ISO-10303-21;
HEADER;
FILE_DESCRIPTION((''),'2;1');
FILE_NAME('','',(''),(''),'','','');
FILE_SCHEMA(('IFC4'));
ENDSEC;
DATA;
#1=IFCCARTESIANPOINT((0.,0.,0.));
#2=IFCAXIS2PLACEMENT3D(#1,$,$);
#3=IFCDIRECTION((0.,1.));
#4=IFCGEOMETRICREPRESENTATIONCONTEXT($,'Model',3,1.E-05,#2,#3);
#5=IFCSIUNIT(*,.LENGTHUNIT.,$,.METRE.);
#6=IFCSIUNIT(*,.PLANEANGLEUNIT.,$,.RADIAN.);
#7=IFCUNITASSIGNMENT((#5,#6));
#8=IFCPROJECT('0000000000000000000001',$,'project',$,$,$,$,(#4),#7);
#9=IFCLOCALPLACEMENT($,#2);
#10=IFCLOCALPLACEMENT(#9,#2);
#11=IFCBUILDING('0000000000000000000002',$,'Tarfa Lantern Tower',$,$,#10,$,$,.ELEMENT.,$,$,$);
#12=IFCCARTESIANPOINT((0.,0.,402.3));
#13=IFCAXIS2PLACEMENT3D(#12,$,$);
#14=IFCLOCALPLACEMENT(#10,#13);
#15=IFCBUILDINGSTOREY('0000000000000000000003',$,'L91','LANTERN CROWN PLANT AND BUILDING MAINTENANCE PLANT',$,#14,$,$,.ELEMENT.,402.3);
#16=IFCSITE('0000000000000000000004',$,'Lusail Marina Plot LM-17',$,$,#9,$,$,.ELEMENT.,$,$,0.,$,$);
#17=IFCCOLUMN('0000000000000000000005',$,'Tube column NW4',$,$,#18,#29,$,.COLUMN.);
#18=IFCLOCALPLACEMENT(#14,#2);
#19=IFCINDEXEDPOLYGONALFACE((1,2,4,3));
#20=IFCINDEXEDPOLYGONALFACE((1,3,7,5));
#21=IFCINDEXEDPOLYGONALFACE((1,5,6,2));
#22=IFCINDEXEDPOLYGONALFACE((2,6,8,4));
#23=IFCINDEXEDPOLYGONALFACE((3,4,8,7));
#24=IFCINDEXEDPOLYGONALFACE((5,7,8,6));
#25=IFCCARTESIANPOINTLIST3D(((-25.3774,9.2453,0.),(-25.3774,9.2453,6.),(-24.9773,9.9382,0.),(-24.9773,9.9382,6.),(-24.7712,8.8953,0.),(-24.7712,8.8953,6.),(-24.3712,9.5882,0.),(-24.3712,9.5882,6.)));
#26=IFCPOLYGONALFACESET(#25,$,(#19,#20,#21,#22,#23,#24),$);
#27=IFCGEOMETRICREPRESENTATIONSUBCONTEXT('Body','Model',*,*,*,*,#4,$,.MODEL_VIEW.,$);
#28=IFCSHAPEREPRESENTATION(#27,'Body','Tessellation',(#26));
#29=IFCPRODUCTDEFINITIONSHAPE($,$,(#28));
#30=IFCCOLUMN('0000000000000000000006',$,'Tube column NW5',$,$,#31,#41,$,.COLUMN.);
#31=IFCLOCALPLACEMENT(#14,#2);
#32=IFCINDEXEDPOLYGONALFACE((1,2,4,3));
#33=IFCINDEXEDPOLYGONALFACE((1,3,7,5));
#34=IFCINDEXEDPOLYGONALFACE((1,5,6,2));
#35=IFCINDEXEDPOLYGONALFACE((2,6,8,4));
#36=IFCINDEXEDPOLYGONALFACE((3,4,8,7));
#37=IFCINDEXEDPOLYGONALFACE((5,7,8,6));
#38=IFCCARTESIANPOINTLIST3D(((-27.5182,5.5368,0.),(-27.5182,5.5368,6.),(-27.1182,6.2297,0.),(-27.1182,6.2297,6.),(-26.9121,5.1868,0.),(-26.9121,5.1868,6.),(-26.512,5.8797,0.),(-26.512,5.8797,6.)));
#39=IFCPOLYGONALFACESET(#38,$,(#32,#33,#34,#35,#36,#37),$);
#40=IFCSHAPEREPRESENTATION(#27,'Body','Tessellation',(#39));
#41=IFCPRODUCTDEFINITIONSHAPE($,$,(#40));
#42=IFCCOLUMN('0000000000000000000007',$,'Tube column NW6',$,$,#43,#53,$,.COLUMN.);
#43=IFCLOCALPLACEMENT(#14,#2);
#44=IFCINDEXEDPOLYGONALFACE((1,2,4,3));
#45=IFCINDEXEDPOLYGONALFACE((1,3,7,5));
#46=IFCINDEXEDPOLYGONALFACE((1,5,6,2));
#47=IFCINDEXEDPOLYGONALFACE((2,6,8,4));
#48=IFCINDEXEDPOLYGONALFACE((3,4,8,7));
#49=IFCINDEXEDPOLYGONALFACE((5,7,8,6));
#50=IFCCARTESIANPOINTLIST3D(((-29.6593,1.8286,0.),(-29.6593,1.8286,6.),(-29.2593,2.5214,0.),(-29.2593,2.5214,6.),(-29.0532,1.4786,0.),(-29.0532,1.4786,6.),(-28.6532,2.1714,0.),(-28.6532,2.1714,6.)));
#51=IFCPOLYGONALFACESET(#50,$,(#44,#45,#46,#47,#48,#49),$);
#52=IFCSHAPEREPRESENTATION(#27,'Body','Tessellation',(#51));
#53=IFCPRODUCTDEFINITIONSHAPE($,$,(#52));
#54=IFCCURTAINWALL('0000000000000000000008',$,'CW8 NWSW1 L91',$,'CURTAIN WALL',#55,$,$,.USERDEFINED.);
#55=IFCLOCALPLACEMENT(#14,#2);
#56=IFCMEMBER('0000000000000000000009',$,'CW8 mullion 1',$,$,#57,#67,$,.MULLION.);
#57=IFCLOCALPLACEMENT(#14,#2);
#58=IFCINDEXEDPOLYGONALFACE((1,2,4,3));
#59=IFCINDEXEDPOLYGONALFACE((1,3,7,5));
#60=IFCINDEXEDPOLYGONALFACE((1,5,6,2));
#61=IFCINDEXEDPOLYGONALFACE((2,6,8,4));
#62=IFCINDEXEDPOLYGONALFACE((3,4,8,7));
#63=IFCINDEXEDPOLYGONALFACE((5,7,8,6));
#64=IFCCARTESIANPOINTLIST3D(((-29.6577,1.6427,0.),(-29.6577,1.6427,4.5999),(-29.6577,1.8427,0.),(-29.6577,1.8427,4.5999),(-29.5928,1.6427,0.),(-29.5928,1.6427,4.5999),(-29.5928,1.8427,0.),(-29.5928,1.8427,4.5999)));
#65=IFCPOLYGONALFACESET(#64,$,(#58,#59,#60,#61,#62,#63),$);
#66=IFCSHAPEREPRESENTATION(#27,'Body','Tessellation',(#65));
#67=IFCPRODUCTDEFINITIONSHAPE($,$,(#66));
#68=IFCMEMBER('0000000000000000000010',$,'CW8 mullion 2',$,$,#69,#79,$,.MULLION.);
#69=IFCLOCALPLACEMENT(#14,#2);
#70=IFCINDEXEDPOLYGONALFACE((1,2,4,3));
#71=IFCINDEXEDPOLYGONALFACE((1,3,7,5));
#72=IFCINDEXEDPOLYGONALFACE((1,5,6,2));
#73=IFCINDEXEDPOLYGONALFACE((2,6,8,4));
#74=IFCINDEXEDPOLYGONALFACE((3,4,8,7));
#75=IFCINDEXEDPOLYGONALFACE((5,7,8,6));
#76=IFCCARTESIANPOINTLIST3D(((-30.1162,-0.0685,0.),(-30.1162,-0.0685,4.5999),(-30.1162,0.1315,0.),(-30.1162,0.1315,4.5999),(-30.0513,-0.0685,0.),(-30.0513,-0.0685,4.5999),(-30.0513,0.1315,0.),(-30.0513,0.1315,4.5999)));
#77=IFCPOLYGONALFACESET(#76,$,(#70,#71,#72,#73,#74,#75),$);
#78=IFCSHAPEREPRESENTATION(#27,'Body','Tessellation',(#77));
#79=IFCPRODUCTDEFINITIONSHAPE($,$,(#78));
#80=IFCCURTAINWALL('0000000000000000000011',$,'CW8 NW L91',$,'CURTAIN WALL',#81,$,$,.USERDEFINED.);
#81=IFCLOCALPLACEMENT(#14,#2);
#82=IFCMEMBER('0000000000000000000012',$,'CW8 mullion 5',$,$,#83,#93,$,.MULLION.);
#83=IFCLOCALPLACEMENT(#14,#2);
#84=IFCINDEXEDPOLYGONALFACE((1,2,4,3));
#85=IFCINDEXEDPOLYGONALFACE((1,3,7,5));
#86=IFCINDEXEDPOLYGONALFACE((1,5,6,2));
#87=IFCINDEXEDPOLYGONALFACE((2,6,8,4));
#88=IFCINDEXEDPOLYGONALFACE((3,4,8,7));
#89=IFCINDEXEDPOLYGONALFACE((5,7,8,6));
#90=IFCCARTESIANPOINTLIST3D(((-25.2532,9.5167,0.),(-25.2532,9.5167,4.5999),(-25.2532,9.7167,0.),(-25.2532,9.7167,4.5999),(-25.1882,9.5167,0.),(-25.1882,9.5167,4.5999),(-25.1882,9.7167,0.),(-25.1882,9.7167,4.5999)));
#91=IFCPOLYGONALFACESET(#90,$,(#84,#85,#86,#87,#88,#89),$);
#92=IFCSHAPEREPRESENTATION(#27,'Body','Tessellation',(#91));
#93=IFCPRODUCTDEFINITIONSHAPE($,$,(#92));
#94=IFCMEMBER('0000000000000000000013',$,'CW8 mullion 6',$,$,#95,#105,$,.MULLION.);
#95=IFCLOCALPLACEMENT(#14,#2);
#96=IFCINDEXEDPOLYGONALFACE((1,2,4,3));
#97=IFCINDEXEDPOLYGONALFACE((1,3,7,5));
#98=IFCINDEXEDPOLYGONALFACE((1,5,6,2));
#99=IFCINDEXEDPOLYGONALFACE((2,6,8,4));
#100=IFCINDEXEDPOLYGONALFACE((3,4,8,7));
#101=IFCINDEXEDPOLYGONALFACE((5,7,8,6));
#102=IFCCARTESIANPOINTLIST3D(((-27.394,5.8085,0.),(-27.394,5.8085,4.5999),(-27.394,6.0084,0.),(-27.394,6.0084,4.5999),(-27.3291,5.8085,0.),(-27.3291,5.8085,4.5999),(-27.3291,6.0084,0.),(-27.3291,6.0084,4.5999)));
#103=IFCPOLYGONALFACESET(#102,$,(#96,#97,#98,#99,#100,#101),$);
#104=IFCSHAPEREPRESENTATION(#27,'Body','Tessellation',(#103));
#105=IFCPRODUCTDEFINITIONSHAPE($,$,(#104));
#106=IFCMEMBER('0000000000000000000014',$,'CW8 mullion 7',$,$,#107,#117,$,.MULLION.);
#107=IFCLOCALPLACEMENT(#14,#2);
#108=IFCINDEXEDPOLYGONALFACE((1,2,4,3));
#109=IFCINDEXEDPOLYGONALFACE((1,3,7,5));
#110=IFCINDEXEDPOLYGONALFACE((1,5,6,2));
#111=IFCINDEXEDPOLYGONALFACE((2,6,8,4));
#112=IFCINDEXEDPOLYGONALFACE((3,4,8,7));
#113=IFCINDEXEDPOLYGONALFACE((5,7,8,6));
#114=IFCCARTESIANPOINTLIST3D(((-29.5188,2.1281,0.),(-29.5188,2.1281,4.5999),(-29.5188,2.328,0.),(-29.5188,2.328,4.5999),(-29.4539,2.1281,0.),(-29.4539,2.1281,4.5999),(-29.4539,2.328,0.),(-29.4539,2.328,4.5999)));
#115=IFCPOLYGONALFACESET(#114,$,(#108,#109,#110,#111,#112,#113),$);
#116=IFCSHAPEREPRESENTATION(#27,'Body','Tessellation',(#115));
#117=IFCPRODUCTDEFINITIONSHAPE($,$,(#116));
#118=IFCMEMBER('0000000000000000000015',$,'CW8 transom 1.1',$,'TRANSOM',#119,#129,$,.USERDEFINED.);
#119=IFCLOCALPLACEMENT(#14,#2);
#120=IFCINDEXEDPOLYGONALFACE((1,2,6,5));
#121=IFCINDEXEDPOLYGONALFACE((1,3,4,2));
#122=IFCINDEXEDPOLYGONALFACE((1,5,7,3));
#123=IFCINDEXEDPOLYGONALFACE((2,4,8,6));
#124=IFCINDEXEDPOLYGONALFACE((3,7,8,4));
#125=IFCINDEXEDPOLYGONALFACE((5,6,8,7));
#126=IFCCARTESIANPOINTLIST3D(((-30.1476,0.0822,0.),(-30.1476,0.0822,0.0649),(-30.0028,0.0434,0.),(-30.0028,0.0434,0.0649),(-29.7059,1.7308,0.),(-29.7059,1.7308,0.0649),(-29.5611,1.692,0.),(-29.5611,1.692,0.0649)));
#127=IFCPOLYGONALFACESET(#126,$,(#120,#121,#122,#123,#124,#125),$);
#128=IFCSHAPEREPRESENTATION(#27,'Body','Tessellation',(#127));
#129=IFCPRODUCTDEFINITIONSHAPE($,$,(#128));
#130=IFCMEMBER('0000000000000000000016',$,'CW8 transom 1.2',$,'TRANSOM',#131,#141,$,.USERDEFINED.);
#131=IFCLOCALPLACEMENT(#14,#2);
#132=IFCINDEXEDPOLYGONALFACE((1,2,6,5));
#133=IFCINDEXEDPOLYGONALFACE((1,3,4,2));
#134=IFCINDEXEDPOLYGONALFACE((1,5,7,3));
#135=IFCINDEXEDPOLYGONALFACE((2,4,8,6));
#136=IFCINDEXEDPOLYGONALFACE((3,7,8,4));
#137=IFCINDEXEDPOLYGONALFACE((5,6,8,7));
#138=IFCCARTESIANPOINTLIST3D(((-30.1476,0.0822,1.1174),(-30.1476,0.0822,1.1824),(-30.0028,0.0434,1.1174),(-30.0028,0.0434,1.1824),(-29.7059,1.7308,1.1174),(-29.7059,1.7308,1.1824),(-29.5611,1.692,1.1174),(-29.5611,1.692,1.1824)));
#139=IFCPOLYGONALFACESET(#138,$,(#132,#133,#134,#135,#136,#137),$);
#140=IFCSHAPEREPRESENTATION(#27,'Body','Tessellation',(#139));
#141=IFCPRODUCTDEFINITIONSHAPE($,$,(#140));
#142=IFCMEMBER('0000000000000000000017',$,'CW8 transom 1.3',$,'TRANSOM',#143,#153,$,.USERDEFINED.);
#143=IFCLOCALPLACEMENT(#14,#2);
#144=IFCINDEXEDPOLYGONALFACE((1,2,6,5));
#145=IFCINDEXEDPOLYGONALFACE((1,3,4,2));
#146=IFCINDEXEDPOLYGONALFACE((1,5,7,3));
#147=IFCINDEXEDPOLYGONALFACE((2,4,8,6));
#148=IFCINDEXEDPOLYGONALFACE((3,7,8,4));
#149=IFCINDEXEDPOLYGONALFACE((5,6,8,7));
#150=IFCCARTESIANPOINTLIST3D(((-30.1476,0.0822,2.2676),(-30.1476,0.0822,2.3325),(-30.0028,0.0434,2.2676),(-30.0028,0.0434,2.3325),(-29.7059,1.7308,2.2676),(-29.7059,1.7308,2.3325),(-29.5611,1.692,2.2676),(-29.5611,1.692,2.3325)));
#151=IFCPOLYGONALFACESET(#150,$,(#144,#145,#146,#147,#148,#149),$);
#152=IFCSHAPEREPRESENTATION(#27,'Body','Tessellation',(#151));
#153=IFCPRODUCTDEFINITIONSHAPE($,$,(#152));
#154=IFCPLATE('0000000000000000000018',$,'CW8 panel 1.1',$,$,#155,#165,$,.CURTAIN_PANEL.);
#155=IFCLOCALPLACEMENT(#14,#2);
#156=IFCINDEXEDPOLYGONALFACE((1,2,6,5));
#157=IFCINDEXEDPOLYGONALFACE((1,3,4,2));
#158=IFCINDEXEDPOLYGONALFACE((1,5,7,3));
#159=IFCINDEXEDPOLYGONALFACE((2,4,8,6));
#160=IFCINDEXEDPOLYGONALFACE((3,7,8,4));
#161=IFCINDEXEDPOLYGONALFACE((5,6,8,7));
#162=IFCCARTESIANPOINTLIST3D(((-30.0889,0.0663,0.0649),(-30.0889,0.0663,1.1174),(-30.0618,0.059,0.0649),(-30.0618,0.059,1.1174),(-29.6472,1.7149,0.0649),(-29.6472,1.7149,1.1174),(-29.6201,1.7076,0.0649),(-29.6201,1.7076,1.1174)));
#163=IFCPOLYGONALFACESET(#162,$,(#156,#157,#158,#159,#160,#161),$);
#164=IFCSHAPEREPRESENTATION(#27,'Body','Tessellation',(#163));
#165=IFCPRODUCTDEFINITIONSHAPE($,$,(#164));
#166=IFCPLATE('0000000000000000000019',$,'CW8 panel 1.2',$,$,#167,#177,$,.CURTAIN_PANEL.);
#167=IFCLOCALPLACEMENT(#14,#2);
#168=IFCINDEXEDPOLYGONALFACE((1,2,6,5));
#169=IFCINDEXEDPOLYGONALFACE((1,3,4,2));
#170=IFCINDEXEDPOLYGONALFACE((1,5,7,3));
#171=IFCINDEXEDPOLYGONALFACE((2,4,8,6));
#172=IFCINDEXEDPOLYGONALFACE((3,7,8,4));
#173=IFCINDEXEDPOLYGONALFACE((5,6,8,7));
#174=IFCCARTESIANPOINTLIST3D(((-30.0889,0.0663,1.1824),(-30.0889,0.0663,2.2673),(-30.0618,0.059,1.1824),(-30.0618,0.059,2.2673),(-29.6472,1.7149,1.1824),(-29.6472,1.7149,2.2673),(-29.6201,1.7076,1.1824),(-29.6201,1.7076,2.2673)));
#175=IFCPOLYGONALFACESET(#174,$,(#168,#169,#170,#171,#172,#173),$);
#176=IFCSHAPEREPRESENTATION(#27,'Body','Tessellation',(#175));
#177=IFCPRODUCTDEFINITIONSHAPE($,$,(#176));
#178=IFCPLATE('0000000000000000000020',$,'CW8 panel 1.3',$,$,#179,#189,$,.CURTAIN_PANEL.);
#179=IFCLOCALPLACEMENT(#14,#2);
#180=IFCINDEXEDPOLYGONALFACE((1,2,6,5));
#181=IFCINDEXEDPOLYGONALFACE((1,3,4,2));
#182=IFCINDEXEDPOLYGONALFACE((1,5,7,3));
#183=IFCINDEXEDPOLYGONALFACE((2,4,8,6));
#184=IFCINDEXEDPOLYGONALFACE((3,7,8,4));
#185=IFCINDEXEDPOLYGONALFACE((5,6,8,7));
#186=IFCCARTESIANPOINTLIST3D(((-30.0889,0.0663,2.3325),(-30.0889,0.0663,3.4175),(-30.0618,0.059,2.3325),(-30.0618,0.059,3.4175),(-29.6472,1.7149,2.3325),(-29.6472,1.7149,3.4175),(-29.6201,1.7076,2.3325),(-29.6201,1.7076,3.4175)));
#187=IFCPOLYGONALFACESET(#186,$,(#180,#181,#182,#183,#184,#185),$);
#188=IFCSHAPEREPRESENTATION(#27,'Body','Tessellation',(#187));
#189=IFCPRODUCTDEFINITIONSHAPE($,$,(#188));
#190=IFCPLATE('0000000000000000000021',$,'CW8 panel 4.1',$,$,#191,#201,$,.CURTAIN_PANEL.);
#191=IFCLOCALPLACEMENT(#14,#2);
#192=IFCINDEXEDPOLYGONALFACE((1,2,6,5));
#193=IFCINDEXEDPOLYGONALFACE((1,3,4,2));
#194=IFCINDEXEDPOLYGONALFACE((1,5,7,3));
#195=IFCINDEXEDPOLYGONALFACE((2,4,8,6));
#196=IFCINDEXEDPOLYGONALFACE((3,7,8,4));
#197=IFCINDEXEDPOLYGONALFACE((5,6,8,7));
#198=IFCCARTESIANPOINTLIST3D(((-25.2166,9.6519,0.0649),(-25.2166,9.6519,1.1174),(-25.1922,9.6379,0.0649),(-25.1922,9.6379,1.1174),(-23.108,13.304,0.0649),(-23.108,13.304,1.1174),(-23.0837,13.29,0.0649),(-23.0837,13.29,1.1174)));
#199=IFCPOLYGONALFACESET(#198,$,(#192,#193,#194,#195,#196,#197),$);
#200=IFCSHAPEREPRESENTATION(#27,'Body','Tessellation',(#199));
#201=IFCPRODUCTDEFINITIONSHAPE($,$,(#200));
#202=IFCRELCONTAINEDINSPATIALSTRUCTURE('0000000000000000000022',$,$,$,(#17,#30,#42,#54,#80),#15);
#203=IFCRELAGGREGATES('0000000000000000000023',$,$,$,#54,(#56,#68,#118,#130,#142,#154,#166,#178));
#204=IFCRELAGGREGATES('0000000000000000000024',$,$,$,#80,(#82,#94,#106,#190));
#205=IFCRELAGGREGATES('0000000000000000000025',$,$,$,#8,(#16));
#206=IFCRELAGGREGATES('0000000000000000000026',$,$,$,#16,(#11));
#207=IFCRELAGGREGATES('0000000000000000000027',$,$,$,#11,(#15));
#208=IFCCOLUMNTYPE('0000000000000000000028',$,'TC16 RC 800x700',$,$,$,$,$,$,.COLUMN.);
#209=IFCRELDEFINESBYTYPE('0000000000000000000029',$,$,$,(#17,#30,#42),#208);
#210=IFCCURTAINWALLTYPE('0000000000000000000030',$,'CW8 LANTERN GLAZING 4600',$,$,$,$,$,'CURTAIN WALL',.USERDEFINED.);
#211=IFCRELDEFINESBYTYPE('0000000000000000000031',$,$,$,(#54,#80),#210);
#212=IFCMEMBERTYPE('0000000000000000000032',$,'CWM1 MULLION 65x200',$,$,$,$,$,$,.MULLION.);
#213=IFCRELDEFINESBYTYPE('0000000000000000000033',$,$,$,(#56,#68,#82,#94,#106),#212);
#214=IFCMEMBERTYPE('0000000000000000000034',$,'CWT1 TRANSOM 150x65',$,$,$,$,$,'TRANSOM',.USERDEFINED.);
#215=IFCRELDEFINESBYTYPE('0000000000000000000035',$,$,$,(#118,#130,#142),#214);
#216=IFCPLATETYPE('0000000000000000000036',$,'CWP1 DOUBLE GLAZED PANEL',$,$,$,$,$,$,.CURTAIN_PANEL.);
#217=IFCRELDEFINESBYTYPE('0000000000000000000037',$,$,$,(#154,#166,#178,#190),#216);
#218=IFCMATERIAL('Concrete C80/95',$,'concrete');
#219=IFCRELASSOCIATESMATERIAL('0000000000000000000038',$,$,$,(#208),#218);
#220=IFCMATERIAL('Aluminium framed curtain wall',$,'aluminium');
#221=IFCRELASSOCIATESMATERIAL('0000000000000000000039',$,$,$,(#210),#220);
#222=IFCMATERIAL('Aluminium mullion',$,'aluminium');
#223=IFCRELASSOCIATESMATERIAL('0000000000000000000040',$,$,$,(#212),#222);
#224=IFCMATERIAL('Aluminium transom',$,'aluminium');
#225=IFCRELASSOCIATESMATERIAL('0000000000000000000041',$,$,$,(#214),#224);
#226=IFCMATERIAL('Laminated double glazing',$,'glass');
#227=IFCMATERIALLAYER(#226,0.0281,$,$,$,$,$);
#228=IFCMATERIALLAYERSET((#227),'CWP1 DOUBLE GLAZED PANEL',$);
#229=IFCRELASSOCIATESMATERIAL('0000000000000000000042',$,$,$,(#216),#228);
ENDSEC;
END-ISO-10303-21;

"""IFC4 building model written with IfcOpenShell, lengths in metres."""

from ifc_helpers import new_model, si_unit, direction, frame, origin, origin_2d, place, context, subcontext, project, spatial, rectangle, extrude, material, layer, layer_set, material_profile, profile_set, type_object, element, aggregate, save


model = new_model("IFC4")

# Units and contexts
model_context = context("Model", 3, precision=1e-05, world=origin(), true_north=direction((0.0, 1.0)))
body_context = subcontext(model_context, "Body", "Model", "MODEL_VIEW")
ifc_project = project(units=[si_unit("LENGTHUNIT", "METRE"), si_unit("PLANEANGLEUNIT", "RADIAN")], contexts=[model_context])

# Site, building, storey
site_placement = place(None, origin())
site = spatial("IfcSite", under=ifc_project, at=site_placement, Name="Lusail Marina Plot LM-17", CompositionType="ELEMENT", RefElevation=0.0)
building_placement = place(site_placement, origin())
building = spatial("IfcBuilding", under=site, at=building_placement, Name="Tarfa Lantern Tower", CompositionType="ELEMENT")
storey_placement = place(building_placement, frame((0.0, 0.0, 402.3)))
storey = spatial("IfcBuildingStorey", under=building, at=storey_placement, Name="L91", Description="LANTERN CROWN PLANT AND BUILDING MAINTENANCE PLANT", CompositionType="ELEMENT", Elevation=402.3)

# Columns
ifc_material_1 = material(Name="Concrete C80/95", Category="concrete")
ifc_material_profile_1 = material_profile(ifc_material_1, rectangle(XDim=0.8, YDim=0.7, at=origin_2d()), Name="RC 800x700")
ifc_profile_set_1 = profile_set([ifc_material_profile_1], Name="Concrete C80/95")
column_type = type_object("IfcColumnType", Name="TC16 RC 800x700", PredefinedType="COLUMN", material=ifc_profile_set_1)
for number, where, z_axis, x_axis, name in (
    (1, (-24.8743, 9.4167, 0.0), (0.0, 0.0, 1.0), (-0.5, -0.866025, 0.0), "Tube column NW4"),
    (2, (-27.0151, 5.7083, 0.0), (0.0, 0.0, 1.0), (-0.5, -0.866025, 0.0), "Tube column NW5"),
    (3, (-29.1562, 2.0, 0.0), (0.0, 0.0, 1.0), (-0.5, -0.866025, 0.0), "Tube column NW6"),
):
    element("IfcColumn", number, at=place(storey_placement, frame(where, z_axis=z_axis, x_axis=x_axis)), inside=storey, type_object=column_type, Name=name, PredefinedType="COLUMN", context=body_context, shape_type="SweptSolid", body=[
        extrude(rectangle(XDim=0.8, YDim=0.7, at=origin_2d()), origin(), (0.0, 0.0, 1.0), 6.0),
    ])

# Curtain walls, members
ifc_material_2 = material(Name="Aluminium framed curtain wall", Category="aluminium")
curtain_wall_type = type_object("IfcCurtainWallType", Name="CW8 LANTERN GLAZING 4600", ElementType="CURTAIN WALL", PredefinedType="USERDEFINED", material=ifc_material_2)
curtain_wall_1_placement = place(storey_placement, origin())
curtain_wall_1 = element("IfcCurtainWall", 4, at=curtain_wall_1_placement, inside=storey, type_object=curtain_wall_type, Name="CW8 NWSW1 L91", ObjectType="CURTAIN WALL", PredefinedType="USERDEFINED")
ifc_material_3 = material(Name="Aluminium mullion", Category="aluminium")
ifc_material_profile_2 = material_profile(ifc_material_3, rectangle(XDim=0.0649, YDim=0.2, at=origin_2d()), Name="AL MULLION 65x200")
ifc_profile_set_2 = profile_set([ifc_material_profile_2], Name="Aluminium mullion")
member_type_1 = type_object("IfcMemberType", Name="CWM1 MULLION 65x200", PredefinedType="MULLION", material=ifc_profile_set_2)
member_1_placement = place(storey_placement, frame((-29.6252, 1.7427, 0.0), z_axis=(0.0, 0.0, 1.0), x_axis=(1.0, 0.0, 0.0)))
member_1 = element("IfcMember", 5, at=member_1_placement, type_object=member_type_1, Name="CW8 mullion 1", PredefinedType="MULLION", context=body_context, shape_type="SweptSolid", body=[
    extrude(rectangle(XDim=0.0649, YDim=0.2, at=origin_2d()), origin(), (0.0, 0.0, 1.0), 4.5999),
])
member_2_placement = place(storey_placement, frame((-30.0837, 0.0315, 0.0), z_axis=(0.0, 0.0, 1.0), x_axis=(1.0, 0.0, 0.0)))
member_2 = element("IfcMember", 6, at=member_2_placement, type_object=member_type_1, Name="CW8 mullion 2", PredefinedType="MULLION", context=body_context, shape_type="SweptSolid", body=[
    extrude(rectangle(XDim=0.0649, YDim=0.2, at=origin_2d()), origin(), (0.0, 0.0, 1.0), 4.5999),
])
curtain_wall_2_placement = place(storey_placement, origin())
curtain_wall_2 = element("IfcCurtainWall", 7, at=curtain_wall_2_placement, inside=storey, type_object=curtain_wall_type, Name="CW8 NW L91", ObjectType="CURTAIN WALL", PredefinedType="USERDEFINED")
member_3_placement = place(storey_placement, frame((-25.2207, 9.6167, 0.0), z_axis=(0.0, 0.0, 1.0), x_axis=(1.0, 0.0, 0.0)))
member_3 = element("IfcMember", 8, at=member_3_placement, type_object=member_type_1, Name="CW8 mullion 5", PredefinedType="MULLION", context=body_context, shape_type="SweptSolid", body=[
    extrude(rectangle(XDim=0.0649, YDim=0.2, at=origin_2d()), origin(), (0.0, 0.0, 1.0), 4.5999),
])
member_4_placement = place(storey_placement, frame((-27.3616, 5.9084, 0.0), z_axis=(0.0, 0.0, 1.0), x_axis=(1.0, 0.0, 0.0)))
member_4 = element("IfcMember", 9, at=member_4_placement, type_object=member_type_1, Name="CW8 mullion 6", PredefinedType="MULLION", context=body_context, shape_type="SweptSolid", body=[
    extrude(rectangle(XDim=0.0649, YDim=0.2, at=origin_2d()), origin(), (0.0, 0.0, 1.0), 4.5999),
])
member_5_placement = place(storey_placement, frame((-29.4863, 2.228, 0.0), z_axis=(0.0, 0.0, 1.0), x_axis=(1.0, 0.0, 0.0)))
member_5 = element("IfcMember", 10, at=member_5_placement, type_object=member_type_1, Name="CW8 mullion 7", PredefinedType="MULLION", context=body_context, shape_type="SweptSolid", body=[
    extrude(rectangle(XDim=0.0649, YDim=0.2, at=origin_2d()), origin(), (0.0, 0.0, 1.0), 4.5999),
])

# Members
ifc_material_4 = material(Name="Aluminium transom", Category="aluminium")
ifc_material_profile_3 = material_profile(ifc_material_4, rectangle(XDim=0.1499, YDim=0.0649, at=origin_2d()), Name="AL TRANSOM 150x65")
ifc_profile_set_3 = profile_set([ifc_material_profile_3], Name="Aluminium transom")
member_type_2 = type_object("IfcMemberType", Name="CWT1 TRANSOM 150x65", ElementType="TRANSOM", PredefinedType="USERDEFINED", material=ifc_profile_set_3)
member_6_placement = place(storey_placement, frame((-29.6335, 1.7114, 0.0325), z_axis=(-0.258758, -0.965942, 0.0), x_axis=(0.965942, -0.258758, 0.0)))
member_6 = element("IfcMember", 11, at=member_6_placement, type_object=member_type_2, Name="CW8 transom 1.1", ObjectType="TRANSOM", PredefinedType="USERDEFINED", context=body_context, shape_type="SweptSolid", body=[
    extrude(rectangle(XDim=0.1499, YDim=0.0649, at=origin_2d()), origin(), (0.0, 0.0, 1.0), 1.7068),
])
member_7_placement = place(storey_placement, frame((-29.6335, 1.7114, 1.1499), z_axis=(-0.258758, -0.965942, 0.0), x_axis=(0.965942, -0.258758, 0.0)))
member_7 = element("IfcMember", 12, at=member_7_placement, type_object=member_type_2, Name="CW8 transom 1.2", ObjectType="TRANSOM", PredefinedType="USERDEFINED", context=body_context, shape_type="SweptSolid", body=[
    extrude(rectangle(XDim=0.1499, YDim=0.0649, at=origin_2d()), origin(), (0.0, 0.0, 1.0), 1.7068),
])
member_8_placement = place(storey_placement, frame((-29.6335, 1.7114, 2.3), z_axis=(-0.258758, -0.965942, 0.0), x_axis=(0.965942, -0.258758, 0.0)))
member_8 = element("IfcMember", 13, at=member_8_placement, type_object=member_type_2, Name="CW8 transom 1.3", ObjectType="TRANSOM", PredefinedType="USERDEFINED", context=body_context, shape_type="SweptSolid", body=[
    extrude(rectangle(XDim=0.1499, YDim=0.0649, at=origin_2d()), origin(), (0.0, 0.0, 1.0), 1.7068),
])

# Plates
ifc_material_5 = material(Name="Laminated double glazing", Category="glass")
ifc_layer = layer(ifc_material_5, 0.0281)
ifc_layer_set = layer_set([ifc_layer], Name="CWP1 DOUBLE GLAZED PANEL")
plate_type = type_object("IfcPlateType", Name="CWP1 DOUBLE GLAZED PANEL", PredefinedType="CURTAIN_PANEL", material=ifc_layer_set)
plate_1_placement = place(storey_placement, frame((-29.8545, 0.887, 0.0649), z_axis=(0.0, 0.0, 1.0), x_axis=(-0.258819, -0.965926, 0.0)))
plate_1 = element("IfcPlate", 14, at=plate_1_placement, type_object=plate_type, Name="CW8 panel 1.1", PredefinedType="CURTAIN_PANEL", context=body_context, shape_type="SweptSolid", body=[
    extrude(rectangle(XDim=1.7068, YDim=0.0281, at=origin_2d()), origin(), (0.0, 0.0, 1.0), 1.0525),
])
plate_2_placement = place(storey_placement, frame((-29.8545, 0.887, 1.1824), z_axis=(0.0, 0.0, 1.0), x_axis=(-0.258819, -0.965926, 0.0)))
plate_2 = element("IfcPlate", 15, at=plate_2_placement, type_object=plate_type, Name="CW8 panel 1.2", PredefinedType="CURTAIN_PANEL", context=body_context, shape_type="SweptSolid", body=[
    extrude(rectangle(XDim=1.7068, YDim=0.0281, at=origin_2d()), origin(), (0.0, 0.0, 1.0), 1.085),
])
plate_3_placement = place(storey_placement, frame((-29.8545, 0.887, 2.3325), z_axis=(0.0, 0.0, 1.0), x_axis=(-0.258819, -0.965926, 0.0)))
plate_3 = element("IfcPlate", 16, at=plate_3_placement, type_object=plate_type, Name="CW8 panel 1.3", PredefinedType="CURTAIN_PANEL", context=body_context, shape_type="SweptSolid", body=[
    extrude(rectangle(XDim=1.7068, YDim=0.0281, at=origin_2d()), origin(), (0.0, 0.0, 1.0), 1.085),
])
aggregate(curtain_wall_1, [member_1, member_2, member_6, member_7, member_8, plate_1, plate_2, plate_3])
plate_4_placement = place(storey_placement, frame((-24.1501, 11.4709, 0.0649), z_axis=(0.0, 0.0, 1.0), x_axis=(-0.5, -0.866025, 0.0)))
plate_4 = element("IfcPlate", 17, at=plate_4_placement, type_object=plate_type, Name="CW8 panel 4.1", PredefinedType="CURTAIN_PANEL", context=body_context, shape_type="SweptSolid", body=[
    extrude(rectangle(XDim=4.217, YDim=0.0281, at=origin_2d()), origin(), (0.0, 0.0, 1.0), 1.0525),
])
aggregate(curtain_wall_2, [member_3, member_4, member_5, plate_4])

save(model, "model.ifc")
